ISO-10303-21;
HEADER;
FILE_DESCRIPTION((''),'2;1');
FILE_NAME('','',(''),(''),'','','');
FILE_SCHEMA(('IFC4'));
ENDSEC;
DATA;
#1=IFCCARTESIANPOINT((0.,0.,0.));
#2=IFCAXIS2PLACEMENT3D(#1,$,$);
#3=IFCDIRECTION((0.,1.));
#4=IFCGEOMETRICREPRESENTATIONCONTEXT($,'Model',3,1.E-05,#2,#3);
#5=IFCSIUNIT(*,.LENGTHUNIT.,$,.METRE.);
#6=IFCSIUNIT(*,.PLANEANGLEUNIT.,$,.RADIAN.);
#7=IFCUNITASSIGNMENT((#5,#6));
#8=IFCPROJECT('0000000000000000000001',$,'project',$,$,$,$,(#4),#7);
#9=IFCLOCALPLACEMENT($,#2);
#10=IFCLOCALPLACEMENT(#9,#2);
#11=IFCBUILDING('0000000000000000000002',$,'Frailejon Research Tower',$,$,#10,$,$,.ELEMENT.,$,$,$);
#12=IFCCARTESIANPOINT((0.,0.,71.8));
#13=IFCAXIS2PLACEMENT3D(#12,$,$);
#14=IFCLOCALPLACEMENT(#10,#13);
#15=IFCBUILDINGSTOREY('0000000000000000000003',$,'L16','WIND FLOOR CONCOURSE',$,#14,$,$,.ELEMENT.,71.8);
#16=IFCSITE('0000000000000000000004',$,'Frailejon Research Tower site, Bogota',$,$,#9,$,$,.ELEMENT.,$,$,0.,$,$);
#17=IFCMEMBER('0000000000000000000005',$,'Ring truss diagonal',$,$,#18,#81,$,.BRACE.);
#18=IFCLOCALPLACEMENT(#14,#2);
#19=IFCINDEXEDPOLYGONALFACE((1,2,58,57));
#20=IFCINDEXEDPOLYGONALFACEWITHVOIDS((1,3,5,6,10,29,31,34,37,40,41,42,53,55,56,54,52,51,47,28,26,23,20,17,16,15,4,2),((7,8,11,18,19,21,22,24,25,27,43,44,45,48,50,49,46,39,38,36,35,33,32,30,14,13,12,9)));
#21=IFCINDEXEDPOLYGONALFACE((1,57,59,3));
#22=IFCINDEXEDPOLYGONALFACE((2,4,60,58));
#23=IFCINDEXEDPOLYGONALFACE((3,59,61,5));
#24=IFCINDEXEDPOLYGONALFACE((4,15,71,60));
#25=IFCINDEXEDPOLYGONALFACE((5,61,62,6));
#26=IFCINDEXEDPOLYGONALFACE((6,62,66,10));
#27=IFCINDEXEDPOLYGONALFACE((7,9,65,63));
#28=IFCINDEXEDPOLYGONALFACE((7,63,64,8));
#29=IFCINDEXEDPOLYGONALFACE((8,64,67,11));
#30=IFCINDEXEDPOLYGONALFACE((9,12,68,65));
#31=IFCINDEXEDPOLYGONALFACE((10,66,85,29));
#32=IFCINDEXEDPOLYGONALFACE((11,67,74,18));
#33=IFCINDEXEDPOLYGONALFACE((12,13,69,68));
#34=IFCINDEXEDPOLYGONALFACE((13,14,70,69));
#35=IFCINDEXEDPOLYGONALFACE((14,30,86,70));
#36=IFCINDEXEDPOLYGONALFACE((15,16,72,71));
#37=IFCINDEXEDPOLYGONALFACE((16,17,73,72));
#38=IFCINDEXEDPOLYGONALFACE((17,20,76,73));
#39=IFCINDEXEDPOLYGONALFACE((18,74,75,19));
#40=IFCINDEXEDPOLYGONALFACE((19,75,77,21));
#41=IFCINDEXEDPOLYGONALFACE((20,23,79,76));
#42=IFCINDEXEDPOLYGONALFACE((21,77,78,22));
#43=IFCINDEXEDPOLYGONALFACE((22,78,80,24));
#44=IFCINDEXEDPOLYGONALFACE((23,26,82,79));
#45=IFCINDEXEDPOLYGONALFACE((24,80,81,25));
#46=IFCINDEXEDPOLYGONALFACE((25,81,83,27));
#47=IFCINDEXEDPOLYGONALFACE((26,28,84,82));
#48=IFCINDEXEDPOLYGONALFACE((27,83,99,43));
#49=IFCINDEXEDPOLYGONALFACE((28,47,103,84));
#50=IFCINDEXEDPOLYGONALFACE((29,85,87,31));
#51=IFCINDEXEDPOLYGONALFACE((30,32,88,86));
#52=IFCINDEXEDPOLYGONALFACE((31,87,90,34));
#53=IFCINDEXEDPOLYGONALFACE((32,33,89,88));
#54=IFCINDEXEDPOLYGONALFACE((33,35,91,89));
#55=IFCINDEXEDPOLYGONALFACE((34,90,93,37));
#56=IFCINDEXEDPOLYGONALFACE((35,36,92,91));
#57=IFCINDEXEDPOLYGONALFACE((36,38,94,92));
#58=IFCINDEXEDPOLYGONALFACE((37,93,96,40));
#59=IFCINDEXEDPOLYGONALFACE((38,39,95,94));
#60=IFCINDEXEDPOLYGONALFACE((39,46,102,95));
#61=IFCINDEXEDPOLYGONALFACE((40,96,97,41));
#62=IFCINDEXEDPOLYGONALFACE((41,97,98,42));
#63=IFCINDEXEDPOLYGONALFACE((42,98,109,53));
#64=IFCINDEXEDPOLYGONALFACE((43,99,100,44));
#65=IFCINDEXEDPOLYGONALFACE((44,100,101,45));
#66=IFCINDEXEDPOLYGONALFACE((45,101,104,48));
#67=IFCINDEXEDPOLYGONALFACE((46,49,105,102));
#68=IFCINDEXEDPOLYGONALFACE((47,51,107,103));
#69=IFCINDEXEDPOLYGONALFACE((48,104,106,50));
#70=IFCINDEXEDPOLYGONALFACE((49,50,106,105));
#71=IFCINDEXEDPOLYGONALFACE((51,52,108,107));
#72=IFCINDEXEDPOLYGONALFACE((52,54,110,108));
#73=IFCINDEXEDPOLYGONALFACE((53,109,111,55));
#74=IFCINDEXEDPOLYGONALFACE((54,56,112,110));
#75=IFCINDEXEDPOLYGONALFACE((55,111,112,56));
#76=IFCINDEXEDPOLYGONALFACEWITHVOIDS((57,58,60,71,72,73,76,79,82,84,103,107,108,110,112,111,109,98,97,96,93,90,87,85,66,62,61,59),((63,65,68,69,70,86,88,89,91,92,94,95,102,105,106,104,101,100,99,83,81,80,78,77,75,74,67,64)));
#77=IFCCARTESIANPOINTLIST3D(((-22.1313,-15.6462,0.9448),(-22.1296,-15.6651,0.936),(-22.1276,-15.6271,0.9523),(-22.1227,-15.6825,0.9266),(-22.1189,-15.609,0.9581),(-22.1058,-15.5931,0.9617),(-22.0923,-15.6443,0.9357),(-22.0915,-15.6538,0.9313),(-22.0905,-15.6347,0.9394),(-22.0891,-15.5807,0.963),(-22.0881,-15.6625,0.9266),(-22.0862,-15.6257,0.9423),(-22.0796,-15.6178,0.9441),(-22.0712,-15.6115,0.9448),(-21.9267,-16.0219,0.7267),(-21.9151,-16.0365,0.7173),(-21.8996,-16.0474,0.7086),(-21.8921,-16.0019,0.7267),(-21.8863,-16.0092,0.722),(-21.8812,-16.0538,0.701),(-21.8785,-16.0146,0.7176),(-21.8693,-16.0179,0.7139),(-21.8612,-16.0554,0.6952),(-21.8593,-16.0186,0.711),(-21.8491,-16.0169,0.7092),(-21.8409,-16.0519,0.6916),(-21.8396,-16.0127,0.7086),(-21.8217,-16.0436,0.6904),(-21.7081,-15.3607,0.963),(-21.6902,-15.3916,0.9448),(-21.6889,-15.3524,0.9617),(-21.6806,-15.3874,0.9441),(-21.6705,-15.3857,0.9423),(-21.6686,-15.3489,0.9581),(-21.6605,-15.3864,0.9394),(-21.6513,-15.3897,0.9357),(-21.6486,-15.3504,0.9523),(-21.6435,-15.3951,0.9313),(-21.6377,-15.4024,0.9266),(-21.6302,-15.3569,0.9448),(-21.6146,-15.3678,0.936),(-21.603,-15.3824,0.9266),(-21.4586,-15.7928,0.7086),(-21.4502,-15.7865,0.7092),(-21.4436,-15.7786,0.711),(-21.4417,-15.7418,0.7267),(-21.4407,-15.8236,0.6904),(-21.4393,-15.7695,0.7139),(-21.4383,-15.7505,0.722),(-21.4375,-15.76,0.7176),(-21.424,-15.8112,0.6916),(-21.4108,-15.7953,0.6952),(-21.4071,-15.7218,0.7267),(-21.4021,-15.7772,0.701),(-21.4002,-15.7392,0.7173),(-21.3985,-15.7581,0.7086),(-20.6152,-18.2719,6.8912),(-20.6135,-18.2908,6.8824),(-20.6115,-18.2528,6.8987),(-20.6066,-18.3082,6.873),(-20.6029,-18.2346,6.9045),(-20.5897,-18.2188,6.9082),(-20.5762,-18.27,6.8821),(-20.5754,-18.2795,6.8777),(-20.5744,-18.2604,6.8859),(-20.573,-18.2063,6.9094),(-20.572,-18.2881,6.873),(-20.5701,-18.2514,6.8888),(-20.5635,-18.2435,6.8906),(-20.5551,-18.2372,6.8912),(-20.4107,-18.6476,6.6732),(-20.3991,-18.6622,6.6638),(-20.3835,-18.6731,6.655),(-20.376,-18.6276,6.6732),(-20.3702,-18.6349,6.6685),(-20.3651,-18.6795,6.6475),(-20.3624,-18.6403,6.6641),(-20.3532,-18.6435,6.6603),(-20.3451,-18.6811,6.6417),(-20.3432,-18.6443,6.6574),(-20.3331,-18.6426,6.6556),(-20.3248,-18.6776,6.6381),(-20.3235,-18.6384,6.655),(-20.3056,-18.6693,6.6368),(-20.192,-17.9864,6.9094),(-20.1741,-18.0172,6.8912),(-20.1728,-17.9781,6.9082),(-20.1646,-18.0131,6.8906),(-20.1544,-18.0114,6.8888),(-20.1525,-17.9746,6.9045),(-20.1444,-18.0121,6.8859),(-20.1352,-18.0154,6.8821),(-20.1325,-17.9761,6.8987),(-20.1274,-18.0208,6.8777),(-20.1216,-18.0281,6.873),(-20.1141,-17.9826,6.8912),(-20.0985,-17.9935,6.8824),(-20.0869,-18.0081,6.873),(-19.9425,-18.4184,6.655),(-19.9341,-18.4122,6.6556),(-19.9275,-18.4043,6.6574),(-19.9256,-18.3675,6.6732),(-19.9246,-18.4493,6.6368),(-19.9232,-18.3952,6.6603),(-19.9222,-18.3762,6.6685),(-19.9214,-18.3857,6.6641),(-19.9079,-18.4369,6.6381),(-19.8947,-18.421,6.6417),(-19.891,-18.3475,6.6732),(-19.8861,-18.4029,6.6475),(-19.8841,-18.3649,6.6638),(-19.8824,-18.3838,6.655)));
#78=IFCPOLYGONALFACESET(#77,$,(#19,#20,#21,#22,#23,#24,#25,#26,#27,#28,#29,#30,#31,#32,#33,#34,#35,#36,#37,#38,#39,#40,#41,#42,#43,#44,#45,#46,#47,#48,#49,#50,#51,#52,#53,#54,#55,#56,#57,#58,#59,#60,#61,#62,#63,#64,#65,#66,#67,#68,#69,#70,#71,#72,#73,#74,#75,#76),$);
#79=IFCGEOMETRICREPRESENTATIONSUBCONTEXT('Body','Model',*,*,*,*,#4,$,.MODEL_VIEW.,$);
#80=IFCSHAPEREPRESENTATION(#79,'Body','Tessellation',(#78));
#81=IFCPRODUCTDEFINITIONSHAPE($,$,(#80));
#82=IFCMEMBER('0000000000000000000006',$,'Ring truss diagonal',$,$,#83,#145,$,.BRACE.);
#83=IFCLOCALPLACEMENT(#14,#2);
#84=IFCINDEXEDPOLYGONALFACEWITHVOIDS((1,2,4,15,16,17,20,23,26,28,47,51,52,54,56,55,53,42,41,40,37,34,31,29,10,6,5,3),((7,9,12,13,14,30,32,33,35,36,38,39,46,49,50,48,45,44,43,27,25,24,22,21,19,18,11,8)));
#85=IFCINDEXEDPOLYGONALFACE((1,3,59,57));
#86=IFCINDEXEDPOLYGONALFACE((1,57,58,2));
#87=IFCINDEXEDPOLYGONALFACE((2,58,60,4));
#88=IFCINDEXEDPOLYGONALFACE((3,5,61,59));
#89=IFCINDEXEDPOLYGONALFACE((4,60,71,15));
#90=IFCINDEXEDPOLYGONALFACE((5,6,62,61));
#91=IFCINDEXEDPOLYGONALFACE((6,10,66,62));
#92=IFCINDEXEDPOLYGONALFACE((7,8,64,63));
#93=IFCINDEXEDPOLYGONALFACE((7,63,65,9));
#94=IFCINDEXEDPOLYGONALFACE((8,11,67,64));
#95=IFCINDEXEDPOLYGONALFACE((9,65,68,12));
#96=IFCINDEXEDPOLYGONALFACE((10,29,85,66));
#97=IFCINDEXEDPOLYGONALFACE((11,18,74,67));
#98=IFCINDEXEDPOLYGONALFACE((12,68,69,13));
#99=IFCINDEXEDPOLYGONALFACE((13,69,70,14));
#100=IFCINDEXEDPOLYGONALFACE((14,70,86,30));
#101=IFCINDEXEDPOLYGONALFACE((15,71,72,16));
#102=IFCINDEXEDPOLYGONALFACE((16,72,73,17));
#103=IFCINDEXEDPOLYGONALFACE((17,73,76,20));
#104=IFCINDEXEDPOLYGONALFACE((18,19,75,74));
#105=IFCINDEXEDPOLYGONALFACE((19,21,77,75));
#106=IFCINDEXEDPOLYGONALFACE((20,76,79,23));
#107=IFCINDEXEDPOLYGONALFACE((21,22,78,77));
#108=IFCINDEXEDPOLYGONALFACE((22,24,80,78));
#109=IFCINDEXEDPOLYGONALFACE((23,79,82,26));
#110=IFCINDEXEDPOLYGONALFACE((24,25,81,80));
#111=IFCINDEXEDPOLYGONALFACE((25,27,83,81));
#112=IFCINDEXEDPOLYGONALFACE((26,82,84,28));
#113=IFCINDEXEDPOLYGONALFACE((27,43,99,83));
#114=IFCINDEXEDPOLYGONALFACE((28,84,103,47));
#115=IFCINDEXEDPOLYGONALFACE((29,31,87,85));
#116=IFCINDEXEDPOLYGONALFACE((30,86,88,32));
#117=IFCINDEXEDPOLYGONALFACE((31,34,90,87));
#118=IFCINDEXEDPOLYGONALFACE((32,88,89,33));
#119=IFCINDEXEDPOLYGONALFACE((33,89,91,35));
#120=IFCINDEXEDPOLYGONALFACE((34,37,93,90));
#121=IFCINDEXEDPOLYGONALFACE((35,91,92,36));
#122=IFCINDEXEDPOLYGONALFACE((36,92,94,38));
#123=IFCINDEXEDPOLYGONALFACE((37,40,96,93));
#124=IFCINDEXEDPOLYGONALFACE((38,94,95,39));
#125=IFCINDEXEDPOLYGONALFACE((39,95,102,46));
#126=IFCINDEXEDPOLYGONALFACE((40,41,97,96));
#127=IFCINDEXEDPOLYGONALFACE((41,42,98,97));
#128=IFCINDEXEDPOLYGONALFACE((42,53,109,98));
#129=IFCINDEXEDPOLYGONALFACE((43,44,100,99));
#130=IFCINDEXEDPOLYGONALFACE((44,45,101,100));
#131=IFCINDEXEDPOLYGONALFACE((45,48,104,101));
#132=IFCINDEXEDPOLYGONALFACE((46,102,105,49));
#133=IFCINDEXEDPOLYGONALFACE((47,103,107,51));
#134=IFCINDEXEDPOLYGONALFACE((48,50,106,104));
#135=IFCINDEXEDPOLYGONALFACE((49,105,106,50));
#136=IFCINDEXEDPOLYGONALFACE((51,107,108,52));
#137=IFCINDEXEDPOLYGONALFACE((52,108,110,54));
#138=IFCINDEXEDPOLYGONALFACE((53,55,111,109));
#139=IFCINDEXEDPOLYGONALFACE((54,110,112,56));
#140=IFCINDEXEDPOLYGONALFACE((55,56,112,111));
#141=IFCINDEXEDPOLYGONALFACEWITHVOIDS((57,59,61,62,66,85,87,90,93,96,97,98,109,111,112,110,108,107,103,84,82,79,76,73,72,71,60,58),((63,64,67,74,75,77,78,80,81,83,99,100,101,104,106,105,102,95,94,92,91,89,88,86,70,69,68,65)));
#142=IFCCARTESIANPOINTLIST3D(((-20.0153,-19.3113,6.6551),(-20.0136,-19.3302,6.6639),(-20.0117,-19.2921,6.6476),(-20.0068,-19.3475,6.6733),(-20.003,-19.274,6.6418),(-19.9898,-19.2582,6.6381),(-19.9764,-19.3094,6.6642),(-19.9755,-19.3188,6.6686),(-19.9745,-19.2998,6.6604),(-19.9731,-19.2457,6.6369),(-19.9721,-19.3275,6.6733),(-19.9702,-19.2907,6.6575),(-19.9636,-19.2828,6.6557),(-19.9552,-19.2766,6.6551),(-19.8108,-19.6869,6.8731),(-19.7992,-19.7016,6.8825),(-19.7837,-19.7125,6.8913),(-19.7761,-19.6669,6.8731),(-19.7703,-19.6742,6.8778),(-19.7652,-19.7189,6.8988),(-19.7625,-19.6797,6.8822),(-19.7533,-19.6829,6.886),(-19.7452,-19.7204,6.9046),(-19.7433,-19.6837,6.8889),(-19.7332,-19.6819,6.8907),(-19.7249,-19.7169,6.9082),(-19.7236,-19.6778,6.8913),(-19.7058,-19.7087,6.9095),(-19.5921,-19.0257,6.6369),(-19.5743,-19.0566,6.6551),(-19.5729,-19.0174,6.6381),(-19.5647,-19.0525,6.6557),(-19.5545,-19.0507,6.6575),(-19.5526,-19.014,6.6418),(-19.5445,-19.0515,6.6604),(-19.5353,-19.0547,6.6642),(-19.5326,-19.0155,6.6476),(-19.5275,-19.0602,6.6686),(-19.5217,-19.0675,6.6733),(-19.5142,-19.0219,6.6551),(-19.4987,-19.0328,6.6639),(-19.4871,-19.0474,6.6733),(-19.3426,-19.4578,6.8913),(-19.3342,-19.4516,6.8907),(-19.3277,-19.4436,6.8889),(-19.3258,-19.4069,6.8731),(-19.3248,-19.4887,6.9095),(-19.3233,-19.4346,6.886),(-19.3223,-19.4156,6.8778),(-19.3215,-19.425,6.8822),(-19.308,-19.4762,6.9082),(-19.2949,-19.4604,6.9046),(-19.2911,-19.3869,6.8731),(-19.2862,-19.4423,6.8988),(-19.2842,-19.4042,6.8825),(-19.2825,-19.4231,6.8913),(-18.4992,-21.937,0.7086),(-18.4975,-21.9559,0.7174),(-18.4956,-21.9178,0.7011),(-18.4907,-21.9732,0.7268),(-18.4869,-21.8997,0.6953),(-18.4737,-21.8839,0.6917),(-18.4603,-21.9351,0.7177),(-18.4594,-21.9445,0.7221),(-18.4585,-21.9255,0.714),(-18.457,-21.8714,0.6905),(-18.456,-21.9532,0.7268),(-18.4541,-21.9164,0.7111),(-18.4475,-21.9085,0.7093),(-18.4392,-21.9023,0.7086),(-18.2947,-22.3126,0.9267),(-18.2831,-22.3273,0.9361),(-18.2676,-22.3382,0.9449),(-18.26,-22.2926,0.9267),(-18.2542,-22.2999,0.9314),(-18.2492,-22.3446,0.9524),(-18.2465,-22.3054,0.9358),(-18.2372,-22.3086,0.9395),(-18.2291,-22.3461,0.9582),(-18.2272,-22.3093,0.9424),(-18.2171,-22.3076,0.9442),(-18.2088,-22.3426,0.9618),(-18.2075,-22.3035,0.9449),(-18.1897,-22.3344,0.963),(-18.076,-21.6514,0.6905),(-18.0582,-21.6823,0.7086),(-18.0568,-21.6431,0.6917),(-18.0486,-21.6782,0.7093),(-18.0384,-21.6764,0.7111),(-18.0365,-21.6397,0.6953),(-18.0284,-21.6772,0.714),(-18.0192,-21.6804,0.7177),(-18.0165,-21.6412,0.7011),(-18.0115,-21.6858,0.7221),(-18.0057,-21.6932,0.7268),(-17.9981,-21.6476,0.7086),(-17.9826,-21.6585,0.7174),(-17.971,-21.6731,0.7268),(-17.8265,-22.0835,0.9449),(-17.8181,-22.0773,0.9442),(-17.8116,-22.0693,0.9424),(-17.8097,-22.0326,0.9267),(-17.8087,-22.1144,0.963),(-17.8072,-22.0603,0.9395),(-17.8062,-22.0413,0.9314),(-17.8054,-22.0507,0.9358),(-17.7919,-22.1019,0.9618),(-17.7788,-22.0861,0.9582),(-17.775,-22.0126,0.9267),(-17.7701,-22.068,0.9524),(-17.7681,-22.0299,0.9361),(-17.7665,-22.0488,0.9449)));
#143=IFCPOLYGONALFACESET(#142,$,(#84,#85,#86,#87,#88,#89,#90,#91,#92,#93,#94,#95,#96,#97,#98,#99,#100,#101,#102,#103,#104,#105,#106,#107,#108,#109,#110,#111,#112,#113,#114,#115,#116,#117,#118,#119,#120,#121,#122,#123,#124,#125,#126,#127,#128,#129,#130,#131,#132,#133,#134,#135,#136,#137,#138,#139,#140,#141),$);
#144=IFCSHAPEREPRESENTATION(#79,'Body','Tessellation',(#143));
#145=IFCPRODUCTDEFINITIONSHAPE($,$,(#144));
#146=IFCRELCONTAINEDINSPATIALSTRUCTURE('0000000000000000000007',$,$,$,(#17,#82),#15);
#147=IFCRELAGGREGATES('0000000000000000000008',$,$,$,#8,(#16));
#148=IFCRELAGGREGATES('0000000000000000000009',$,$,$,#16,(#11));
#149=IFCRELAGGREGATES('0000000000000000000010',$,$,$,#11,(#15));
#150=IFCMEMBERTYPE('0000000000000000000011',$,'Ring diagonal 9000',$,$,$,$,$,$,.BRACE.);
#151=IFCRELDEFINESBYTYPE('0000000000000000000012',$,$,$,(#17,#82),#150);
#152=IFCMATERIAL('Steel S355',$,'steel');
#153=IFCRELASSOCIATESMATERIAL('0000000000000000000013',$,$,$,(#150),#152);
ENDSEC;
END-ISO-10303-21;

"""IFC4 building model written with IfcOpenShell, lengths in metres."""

from ifc_helpers import new_model, si_unit, direction, frame, origin, origin_2d, place, context, subcontext, project, spatial, hollow_rectangle, extrude, material, material_profile, profile_set, type_object, element, save


model = new_model("IFC4")

# Units and contexts
model_context = context("Model", 3, precision=1e-05, world=origin(), true_north=direction((0.0, 1.0)))
body_context = subcontext(model_context, "Body", "Model", "MODEL_VIEW")
ifc_project = project(units=[si_unit("LENGTHUNIT", "METRE"), si_unit("PLANEANGLEUNIT", "RADIAN")], contexts=[model_context])

# Site, building, storey
site_placement = place(None, origin())
site = spatial("IfcSite", under=ifc_project, at=site_placement, Name="Frailejon Research Tower site, Bogota", CompositionType="ELEMENT", RefElevation=0.0)
building_placement = place(site_placement, origin())
building = spatial("IfcBuilding", under=site, at=building_placement, Name="Frailejon Research Tower", CompositionType="ELEMENT")
storey_placement = place(building_placement, frame((0.0, 0.0, 71.8)))
storey = spatial("IfcBuildingStorey", under=building, at=storey_placement, Name="L16", Description="WIND FLOOR CONCOURSE", CompositionType="ELEMENT", Elevation=71.8)

# Members
ifc_material_1 = material(Name="Steel S355", Category="steel")
ifc_material_profile_1 = material_profile(ifc_material_1, hollow_rectangle(XDim=0.6001, YDim=0.6001, WallThickness=0.04, InnerFilletRadius=0.04, OuterFilletRadius=0.0801, at=origin_2d()), Name="Ring diagonal 9000")
ifc_profile_set_1 = profile_set([ifc_material_profile_1], Name="Steel S355")
member_type = type_object("IfcMemberType", Name="Ring diagonal 9000", PredefinedType="BRACE", material=ifc_profile_set_1)
for number, where, z_axis, x_axis, name in (
    (1, (-21.7649, -15.7021, 0.8267), (0.227136, -0.393374, 0.890879), (0.866005, 0.500036, 0.0), "Ring truss diagonal"),
    (2, (-19.6489, -19.3672, 6.7732), (0.227136, -0.393374, -0.890879), (0.866005, 0.500036, 0.0), "Ring truss diagonal"),
):
    element("IfcMember", number, at=place(storey_placement, frame(where, z_axis=z_axis, x_axis=x_axis)), inside=storey, type_object=member_type, Name=name, PredefinedType="BRACE", context=body_context, shape_type="SweptSolid", body=[
        extrude(hollow_rectangle(XDim=0.6001, YDim=0.6001, WallThickness=0.04, InnerFilletRadius=0.04, OuterFilletRadius=0.0801, at=origin_2d()), origin(), (0.0, 0.0, 1.0), 6.6748),
    ])

save(model, "model.ifc")
